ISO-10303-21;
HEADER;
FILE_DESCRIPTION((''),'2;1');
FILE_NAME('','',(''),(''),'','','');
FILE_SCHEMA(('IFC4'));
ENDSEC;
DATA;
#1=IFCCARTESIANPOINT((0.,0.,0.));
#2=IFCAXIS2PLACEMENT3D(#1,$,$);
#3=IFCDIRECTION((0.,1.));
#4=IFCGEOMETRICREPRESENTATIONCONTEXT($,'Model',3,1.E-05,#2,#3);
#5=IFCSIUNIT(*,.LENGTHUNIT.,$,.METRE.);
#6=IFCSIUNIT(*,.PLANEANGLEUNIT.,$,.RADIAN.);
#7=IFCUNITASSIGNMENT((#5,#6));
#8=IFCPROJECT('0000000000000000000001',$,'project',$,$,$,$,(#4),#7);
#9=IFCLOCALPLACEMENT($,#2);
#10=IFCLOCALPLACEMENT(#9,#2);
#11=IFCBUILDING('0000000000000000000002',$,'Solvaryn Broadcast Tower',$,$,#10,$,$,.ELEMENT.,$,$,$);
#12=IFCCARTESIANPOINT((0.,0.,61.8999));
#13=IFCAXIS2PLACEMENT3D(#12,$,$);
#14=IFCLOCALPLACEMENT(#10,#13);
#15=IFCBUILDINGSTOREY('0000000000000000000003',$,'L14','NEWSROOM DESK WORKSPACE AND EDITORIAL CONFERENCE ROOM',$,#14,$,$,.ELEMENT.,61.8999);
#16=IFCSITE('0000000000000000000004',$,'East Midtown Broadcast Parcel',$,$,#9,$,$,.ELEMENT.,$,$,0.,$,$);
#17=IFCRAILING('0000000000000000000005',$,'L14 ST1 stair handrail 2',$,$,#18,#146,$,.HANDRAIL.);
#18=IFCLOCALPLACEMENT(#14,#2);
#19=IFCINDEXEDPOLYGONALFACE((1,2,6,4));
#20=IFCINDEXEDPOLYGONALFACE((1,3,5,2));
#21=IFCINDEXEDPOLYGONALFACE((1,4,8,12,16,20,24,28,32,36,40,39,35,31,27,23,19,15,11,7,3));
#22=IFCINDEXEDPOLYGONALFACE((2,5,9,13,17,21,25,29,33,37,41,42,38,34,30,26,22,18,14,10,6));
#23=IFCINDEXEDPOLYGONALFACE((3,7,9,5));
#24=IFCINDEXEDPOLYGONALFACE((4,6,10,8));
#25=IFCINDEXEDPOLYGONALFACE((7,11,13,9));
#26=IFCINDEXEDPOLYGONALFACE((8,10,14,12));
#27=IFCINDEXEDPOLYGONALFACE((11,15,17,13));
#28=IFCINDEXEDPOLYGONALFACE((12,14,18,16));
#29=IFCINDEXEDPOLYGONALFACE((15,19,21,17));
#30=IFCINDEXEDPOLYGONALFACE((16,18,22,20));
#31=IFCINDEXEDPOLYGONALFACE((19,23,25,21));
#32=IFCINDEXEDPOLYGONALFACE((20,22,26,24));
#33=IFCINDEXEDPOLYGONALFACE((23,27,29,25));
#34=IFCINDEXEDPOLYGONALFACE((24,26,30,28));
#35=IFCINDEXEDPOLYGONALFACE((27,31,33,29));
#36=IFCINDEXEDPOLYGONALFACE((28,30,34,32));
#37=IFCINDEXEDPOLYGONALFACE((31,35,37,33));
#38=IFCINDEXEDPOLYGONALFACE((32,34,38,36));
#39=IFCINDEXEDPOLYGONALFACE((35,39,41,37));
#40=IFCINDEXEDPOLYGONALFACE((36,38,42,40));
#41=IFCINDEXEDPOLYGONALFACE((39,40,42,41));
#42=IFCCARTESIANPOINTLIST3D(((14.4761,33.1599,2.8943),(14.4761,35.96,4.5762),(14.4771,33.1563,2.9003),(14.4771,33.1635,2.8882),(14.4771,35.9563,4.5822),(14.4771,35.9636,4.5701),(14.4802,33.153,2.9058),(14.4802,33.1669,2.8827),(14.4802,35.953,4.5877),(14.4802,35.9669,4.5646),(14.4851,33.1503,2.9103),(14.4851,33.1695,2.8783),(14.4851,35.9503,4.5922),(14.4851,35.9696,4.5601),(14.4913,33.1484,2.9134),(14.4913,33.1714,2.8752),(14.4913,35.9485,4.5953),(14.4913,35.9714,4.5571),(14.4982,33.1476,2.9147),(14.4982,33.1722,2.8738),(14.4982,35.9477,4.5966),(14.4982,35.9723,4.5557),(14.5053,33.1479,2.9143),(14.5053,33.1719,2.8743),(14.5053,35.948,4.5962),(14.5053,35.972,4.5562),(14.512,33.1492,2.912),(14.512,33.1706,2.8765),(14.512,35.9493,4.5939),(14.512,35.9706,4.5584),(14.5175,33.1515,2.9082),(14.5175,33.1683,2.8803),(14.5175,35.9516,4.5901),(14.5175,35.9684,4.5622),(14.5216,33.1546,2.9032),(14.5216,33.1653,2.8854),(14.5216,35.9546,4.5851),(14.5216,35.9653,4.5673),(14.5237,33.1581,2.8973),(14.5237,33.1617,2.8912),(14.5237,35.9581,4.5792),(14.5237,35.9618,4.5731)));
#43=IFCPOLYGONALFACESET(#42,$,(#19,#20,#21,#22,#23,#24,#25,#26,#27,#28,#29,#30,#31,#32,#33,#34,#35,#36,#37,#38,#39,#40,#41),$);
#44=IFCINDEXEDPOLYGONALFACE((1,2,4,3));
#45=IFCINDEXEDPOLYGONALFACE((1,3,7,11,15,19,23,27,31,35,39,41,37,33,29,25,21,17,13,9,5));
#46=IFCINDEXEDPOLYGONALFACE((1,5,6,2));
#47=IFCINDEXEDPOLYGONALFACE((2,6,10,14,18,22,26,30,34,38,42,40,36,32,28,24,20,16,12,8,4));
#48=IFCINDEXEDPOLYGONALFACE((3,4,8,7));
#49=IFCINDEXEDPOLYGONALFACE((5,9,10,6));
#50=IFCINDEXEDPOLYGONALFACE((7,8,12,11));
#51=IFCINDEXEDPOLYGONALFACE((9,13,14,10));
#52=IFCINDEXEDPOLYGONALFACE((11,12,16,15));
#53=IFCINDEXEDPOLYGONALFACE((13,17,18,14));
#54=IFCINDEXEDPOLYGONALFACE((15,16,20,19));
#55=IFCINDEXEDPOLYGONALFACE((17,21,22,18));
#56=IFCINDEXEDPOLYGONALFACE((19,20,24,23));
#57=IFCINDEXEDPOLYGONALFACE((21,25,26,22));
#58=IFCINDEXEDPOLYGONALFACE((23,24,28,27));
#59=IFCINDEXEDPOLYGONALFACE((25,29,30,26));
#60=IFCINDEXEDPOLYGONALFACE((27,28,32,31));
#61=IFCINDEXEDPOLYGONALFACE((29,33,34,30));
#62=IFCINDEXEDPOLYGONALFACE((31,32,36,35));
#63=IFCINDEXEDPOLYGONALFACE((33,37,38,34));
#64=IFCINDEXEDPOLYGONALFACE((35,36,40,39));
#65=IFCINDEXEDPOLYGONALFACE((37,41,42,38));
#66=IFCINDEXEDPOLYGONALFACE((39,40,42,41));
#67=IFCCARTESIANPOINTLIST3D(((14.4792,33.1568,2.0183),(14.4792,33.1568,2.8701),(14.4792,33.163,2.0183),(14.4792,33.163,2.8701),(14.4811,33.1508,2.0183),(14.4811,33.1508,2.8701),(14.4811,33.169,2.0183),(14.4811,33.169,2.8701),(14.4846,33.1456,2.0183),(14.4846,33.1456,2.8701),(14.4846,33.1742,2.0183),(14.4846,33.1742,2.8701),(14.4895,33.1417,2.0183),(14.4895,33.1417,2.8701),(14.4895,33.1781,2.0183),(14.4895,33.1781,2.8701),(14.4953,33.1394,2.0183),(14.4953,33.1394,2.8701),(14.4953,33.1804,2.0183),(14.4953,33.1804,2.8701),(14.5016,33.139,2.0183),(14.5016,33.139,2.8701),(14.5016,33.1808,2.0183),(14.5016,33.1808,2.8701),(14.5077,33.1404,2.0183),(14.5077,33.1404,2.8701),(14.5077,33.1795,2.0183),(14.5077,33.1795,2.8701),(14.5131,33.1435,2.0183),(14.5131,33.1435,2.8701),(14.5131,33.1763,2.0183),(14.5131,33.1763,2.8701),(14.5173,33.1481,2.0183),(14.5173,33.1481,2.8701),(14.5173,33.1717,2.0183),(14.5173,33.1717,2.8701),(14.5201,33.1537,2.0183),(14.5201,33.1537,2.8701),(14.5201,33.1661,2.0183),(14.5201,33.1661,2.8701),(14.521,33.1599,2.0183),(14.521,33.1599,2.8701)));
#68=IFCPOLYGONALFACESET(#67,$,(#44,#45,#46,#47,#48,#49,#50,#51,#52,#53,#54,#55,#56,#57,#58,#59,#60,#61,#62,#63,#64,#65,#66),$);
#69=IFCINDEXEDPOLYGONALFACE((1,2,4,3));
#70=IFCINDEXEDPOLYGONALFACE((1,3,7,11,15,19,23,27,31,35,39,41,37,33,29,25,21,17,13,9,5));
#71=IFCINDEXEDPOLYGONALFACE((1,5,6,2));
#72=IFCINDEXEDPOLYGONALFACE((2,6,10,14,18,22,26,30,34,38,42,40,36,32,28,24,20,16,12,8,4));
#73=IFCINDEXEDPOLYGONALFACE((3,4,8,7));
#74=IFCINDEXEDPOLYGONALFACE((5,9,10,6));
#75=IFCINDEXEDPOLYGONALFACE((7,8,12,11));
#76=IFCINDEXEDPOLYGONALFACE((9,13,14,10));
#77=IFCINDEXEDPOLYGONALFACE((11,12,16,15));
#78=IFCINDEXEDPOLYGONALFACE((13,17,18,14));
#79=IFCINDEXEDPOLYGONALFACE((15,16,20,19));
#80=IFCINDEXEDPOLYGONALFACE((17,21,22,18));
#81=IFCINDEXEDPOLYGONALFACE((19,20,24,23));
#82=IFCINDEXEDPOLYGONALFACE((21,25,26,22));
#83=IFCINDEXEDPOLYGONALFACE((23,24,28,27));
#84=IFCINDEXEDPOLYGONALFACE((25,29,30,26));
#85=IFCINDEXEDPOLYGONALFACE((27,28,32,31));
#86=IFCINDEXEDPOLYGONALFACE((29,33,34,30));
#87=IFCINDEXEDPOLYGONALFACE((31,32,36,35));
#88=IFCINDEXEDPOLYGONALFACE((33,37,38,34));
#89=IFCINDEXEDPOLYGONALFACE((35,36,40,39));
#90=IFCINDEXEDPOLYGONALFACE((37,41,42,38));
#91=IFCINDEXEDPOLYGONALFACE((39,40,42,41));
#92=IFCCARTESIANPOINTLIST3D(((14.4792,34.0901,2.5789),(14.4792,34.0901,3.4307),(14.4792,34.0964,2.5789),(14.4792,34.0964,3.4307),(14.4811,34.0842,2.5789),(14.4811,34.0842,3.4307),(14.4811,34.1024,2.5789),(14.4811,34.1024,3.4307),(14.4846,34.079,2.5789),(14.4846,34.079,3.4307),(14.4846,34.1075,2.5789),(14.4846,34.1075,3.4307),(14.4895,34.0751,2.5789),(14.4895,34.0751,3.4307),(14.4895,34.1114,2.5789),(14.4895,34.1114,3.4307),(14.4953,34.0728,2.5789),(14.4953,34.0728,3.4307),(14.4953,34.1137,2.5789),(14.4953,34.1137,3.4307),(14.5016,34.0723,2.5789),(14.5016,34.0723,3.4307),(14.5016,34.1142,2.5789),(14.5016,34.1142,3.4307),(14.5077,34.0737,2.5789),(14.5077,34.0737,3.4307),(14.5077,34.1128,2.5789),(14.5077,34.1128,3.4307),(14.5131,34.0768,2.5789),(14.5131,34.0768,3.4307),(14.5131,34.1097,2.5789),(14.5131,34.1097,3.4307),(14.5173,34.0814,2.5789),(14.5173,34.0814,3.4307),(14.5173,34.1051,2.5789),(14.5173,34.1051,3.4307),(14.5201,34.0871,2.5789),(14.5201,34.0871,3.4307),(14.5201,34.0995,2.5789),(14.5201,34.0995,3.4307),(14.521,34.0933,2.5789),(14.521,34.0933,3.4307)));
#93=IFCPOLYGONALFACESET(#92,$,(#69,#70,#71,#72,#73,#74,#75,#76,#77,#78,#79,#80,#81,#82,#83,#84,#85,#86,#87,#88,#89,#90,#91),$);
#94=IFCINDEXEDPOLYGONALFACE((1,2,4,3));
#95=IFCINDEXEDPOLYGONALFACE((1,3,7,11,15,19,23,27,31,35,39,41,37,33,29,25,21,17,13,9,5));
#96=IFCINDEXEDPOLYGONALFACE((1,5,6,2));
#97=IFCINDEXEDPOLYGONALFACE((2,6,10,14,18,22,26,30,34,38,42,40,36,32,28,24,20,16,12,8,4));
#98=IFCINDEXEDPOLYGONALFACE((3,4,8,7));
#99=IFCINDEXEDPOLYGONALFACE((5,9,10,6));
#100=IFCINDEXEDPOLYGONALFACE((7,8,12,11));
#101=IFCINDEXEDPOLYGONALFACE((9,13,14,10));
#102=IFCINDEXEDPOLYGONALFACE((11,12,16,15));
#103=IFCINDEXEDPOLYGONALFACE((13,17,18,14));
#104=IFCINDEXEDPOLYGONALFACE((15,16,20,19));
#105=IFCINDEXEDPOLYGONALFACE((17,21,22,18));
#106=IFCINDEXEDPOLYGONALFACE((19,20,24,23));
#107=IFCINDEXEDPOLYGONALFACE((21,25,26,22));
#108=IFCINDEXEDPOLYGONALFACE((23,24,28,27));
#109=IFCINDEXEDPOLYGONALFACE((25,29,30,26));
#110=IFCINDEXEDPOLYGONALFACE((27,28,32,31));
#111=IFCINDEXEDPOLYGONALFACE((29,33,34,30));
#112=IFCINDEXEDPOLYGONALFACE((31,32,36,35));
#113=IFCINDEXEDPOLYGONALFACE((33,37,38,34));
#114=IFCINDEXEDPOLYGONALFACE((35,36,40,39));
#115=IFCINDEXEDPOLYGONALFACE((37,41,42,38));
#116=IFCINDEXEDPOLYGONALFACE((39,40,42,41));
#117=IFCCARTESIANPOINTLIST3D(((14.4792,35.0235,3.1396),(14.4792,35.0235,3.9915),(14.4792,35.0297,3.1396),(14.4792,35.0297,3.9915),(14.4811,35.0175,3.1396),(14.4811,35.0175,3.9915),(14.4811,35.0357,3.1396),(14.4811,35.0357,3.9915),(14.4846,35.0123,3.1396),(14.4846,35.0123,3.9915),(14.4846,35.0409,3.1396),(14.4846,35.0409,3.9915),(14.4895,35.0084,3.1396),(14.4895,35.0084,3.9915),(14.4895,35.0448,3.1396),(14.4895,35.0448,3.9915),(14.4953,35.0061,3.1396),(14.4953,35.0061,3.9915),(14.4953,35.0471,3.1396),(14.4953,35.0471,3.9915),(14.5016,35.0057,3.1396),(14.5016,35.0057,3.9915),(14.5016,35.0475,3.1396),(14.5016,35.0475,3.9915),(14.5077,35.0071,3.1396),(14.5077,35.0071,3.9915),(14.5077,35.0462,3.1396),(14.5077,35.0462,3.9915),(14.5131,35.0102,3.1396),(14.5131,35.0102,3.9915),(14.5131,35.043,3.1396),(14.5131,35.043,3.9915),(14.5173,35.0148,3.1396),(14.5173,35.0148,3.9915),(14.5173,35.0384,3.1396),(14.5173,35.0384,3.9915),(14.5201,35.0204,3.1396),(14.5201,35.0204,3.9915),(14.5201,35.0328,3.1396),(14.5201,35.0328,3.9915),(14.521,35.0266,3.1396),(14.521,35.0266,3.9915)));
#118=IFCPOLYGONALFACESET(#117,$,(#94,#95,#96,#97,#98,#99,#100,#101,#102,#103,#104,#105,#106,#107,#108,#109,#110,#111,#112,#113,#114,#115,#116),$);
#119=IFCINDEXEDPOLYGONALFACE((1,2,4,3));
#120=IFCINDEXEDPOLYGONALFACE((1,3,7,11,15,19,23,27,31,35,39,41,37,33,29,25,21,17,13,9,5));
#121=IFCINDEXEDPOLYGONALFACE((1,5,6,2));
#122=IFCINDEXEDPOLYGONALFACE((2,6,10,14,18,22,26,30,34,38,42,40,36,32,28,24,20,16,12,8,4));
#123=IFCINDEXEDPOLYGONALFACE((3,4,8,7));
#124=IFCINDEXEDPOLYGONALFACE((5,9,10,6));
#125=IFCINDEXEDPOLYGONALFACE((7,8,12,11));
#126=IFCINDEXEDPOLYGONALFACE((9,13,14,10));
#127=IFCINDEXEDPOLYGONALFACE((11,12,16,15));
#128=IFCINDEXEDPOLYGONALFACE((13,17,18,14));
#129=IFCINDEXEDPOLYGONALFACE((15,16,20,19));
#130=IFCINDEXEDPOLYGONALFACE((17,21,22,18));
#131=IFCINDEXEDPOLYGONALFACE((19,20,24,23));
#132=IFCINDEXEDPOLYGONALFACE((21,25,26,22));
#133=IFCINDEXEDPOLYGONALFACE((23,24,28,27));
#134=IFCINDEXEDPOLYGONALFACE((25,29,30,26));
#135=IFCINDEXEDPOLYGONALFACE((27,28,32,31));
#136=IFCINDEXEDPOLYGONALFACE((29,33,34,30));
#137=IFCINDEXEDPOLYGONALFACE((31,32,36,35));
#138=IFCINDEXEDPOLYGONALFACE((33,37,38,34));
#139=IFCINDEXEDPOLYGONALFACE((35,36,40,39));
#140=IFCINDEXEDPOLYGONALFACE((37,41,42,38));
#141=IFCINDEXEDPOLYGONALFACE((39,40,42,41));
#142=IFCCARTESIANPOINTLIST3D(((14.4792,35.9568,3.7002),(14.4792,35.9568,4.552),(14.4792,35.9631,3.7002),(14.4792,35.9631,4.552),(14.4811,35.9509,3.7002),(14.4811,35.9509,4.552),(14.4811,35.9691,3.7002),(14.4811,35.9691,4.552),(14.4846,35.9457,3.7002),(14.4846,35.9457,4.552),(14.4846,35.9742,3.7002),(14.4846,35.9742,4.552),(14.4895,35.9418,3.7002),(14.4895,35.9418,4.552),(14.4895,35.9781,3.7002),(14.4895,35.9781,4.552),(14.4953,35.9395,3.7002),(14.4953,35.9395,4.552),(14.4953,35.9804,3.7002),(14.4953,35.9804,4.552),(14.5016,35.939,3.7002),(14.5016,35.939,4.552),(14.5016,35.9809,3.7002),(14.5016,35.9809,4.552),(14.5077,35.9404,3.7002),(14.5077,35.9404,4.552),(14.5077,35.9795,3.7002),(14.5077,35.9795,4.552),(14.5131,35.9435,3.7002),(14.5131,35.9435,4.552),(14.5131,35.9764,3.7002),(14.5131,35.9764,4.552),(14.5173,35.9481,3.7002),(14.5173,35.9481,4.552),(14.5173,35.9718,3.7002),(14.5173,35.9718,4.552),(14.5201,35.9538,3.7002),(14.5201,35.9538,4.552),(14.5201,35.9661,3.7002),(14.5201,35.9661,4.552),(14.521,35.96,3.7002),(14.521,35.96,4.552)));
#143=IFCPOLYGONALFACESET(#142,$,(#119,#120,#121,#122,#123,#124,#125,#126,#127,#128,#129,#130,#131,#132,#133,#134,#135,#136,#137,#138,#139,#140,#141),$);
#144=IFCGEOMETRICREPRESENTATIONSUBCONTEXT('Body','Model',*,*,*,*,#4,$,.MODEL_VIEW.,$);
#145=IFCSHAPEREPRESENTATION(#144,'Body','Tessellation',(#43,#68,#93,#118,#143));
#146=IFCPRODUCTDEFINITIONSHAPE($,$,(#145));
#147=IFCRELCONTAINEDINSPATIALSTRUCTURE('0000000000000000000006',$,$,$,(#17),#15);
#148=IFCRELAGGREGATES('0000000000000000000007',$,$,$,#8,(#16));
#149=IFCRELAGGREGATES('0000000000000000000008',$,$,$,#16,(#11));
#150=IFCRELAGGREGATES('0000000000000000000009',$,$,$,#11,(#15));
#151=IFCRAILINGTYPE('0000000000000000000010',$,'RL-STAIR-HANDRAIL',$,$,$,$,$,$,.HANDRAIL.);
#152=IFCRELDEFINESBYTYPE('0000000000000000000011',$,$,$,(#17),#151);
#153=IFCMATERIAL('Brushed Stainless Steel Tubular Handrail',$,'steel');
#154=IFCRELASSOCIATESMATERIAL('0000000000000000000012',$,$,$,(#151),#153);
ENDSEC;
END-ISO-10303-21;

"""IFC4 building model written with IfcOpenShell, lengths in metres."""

from ifc_helpers import new_model, si_unit, direction, frame, origin, origin_2d, place, context, subcontext, project, spatial, circle, extrude, material, type_object, element, save


model = new_model("IFC4")

# Units and contexts
model_context = context("Model", 3, precision=1e-05, world=origin(), true_north=direction((0.0, 1.0)))
body_context = subcontext(model_context, "Body", "Model", "MODEL_VIEW")
ifc_project = project(units=[si_unit("LENGTHUNIT", "METRE"), si_unit("PLANEANGLEUNIT", "RADIAN")], contexts=[model_context])

# Site, building, storey
site_placement = place(None, origin())
site = spatial("IfcSite", under=ifc_project, at=site_placement, Name="East Midtown Broadcast Parcel", CompositionType="ELEMENT", RefElevation=0.0)
building_placement = place(site_placement, origin())
building = spatial("IfcBuilding", under=site, at=building_placement, Name="Solvaryn Broadcast Tower", CompositionType="ELEMENT")
storey_placement = place(building_placement, frame((0.0, 0.0, 61.8999)))
storey = spatial("IfcBuildingStorey", under=building, at=storey_placement, Name="L14", Description="NEWSROOM DESK WORKSPACE AND EDITORIAL CONFERENCE ROOM", CompositionType="ELEMENT", Elevation=61.8999)

# Railing
ifc_material_1 = material(Name="Brushed Stainless Steel Tubular Handrail", Category="steel")
railing_type_1 = type_object("IfcRailingType", Name="RL-STAIR-HANDRAIL", PredefinedType="HANDRAIL", material=ifc_material_1)
railing_1_placement = place(storey_placement, frame((14.5, 33.1599, 2.0183)))
element("IfcRailing", 1, at=railing_1_placement, inside=storey, type_object=railing_type_1, Name="L14 ST1 stair handrail 2", PredefinedType="HANDRAIL", context=body_context, shape_type="SweptSolid", body=[
    extrude(circle(Radius=0.0239, at=origin_2d()), frame((0.0, 0.0, 0.876), z_axis=(0.0, 0.857242, 0.514913), x_axis=(-1.0, 0.0, 0.0)), (0.0, 0.0, 1.0), 3.2664),
    extrude(circle(Radius=0.021, at=origin_2d()), origin(), (0.0, 0.0, 1.0), 0.8518),
    extrude(circle(Radius=0.021, at=origin_2d()), frame((0.0, 0.9333, 0.5605)), (0.0, 0.0, 1.0), 0.8518),
    extrude(circle(Radius=0.021, at=origin_2d()), frame((0.0, 1.8667, 1.1213)), (0.0, 0.0, 1.0), 0.8518),
    extrude(circle(Radius=0.021, at=origin_2d()), frame((0.0, 2.8, 1.6819)), (0.0, 0.0, 1.0), 0.8518),
])

save(model, "model.ifc")
